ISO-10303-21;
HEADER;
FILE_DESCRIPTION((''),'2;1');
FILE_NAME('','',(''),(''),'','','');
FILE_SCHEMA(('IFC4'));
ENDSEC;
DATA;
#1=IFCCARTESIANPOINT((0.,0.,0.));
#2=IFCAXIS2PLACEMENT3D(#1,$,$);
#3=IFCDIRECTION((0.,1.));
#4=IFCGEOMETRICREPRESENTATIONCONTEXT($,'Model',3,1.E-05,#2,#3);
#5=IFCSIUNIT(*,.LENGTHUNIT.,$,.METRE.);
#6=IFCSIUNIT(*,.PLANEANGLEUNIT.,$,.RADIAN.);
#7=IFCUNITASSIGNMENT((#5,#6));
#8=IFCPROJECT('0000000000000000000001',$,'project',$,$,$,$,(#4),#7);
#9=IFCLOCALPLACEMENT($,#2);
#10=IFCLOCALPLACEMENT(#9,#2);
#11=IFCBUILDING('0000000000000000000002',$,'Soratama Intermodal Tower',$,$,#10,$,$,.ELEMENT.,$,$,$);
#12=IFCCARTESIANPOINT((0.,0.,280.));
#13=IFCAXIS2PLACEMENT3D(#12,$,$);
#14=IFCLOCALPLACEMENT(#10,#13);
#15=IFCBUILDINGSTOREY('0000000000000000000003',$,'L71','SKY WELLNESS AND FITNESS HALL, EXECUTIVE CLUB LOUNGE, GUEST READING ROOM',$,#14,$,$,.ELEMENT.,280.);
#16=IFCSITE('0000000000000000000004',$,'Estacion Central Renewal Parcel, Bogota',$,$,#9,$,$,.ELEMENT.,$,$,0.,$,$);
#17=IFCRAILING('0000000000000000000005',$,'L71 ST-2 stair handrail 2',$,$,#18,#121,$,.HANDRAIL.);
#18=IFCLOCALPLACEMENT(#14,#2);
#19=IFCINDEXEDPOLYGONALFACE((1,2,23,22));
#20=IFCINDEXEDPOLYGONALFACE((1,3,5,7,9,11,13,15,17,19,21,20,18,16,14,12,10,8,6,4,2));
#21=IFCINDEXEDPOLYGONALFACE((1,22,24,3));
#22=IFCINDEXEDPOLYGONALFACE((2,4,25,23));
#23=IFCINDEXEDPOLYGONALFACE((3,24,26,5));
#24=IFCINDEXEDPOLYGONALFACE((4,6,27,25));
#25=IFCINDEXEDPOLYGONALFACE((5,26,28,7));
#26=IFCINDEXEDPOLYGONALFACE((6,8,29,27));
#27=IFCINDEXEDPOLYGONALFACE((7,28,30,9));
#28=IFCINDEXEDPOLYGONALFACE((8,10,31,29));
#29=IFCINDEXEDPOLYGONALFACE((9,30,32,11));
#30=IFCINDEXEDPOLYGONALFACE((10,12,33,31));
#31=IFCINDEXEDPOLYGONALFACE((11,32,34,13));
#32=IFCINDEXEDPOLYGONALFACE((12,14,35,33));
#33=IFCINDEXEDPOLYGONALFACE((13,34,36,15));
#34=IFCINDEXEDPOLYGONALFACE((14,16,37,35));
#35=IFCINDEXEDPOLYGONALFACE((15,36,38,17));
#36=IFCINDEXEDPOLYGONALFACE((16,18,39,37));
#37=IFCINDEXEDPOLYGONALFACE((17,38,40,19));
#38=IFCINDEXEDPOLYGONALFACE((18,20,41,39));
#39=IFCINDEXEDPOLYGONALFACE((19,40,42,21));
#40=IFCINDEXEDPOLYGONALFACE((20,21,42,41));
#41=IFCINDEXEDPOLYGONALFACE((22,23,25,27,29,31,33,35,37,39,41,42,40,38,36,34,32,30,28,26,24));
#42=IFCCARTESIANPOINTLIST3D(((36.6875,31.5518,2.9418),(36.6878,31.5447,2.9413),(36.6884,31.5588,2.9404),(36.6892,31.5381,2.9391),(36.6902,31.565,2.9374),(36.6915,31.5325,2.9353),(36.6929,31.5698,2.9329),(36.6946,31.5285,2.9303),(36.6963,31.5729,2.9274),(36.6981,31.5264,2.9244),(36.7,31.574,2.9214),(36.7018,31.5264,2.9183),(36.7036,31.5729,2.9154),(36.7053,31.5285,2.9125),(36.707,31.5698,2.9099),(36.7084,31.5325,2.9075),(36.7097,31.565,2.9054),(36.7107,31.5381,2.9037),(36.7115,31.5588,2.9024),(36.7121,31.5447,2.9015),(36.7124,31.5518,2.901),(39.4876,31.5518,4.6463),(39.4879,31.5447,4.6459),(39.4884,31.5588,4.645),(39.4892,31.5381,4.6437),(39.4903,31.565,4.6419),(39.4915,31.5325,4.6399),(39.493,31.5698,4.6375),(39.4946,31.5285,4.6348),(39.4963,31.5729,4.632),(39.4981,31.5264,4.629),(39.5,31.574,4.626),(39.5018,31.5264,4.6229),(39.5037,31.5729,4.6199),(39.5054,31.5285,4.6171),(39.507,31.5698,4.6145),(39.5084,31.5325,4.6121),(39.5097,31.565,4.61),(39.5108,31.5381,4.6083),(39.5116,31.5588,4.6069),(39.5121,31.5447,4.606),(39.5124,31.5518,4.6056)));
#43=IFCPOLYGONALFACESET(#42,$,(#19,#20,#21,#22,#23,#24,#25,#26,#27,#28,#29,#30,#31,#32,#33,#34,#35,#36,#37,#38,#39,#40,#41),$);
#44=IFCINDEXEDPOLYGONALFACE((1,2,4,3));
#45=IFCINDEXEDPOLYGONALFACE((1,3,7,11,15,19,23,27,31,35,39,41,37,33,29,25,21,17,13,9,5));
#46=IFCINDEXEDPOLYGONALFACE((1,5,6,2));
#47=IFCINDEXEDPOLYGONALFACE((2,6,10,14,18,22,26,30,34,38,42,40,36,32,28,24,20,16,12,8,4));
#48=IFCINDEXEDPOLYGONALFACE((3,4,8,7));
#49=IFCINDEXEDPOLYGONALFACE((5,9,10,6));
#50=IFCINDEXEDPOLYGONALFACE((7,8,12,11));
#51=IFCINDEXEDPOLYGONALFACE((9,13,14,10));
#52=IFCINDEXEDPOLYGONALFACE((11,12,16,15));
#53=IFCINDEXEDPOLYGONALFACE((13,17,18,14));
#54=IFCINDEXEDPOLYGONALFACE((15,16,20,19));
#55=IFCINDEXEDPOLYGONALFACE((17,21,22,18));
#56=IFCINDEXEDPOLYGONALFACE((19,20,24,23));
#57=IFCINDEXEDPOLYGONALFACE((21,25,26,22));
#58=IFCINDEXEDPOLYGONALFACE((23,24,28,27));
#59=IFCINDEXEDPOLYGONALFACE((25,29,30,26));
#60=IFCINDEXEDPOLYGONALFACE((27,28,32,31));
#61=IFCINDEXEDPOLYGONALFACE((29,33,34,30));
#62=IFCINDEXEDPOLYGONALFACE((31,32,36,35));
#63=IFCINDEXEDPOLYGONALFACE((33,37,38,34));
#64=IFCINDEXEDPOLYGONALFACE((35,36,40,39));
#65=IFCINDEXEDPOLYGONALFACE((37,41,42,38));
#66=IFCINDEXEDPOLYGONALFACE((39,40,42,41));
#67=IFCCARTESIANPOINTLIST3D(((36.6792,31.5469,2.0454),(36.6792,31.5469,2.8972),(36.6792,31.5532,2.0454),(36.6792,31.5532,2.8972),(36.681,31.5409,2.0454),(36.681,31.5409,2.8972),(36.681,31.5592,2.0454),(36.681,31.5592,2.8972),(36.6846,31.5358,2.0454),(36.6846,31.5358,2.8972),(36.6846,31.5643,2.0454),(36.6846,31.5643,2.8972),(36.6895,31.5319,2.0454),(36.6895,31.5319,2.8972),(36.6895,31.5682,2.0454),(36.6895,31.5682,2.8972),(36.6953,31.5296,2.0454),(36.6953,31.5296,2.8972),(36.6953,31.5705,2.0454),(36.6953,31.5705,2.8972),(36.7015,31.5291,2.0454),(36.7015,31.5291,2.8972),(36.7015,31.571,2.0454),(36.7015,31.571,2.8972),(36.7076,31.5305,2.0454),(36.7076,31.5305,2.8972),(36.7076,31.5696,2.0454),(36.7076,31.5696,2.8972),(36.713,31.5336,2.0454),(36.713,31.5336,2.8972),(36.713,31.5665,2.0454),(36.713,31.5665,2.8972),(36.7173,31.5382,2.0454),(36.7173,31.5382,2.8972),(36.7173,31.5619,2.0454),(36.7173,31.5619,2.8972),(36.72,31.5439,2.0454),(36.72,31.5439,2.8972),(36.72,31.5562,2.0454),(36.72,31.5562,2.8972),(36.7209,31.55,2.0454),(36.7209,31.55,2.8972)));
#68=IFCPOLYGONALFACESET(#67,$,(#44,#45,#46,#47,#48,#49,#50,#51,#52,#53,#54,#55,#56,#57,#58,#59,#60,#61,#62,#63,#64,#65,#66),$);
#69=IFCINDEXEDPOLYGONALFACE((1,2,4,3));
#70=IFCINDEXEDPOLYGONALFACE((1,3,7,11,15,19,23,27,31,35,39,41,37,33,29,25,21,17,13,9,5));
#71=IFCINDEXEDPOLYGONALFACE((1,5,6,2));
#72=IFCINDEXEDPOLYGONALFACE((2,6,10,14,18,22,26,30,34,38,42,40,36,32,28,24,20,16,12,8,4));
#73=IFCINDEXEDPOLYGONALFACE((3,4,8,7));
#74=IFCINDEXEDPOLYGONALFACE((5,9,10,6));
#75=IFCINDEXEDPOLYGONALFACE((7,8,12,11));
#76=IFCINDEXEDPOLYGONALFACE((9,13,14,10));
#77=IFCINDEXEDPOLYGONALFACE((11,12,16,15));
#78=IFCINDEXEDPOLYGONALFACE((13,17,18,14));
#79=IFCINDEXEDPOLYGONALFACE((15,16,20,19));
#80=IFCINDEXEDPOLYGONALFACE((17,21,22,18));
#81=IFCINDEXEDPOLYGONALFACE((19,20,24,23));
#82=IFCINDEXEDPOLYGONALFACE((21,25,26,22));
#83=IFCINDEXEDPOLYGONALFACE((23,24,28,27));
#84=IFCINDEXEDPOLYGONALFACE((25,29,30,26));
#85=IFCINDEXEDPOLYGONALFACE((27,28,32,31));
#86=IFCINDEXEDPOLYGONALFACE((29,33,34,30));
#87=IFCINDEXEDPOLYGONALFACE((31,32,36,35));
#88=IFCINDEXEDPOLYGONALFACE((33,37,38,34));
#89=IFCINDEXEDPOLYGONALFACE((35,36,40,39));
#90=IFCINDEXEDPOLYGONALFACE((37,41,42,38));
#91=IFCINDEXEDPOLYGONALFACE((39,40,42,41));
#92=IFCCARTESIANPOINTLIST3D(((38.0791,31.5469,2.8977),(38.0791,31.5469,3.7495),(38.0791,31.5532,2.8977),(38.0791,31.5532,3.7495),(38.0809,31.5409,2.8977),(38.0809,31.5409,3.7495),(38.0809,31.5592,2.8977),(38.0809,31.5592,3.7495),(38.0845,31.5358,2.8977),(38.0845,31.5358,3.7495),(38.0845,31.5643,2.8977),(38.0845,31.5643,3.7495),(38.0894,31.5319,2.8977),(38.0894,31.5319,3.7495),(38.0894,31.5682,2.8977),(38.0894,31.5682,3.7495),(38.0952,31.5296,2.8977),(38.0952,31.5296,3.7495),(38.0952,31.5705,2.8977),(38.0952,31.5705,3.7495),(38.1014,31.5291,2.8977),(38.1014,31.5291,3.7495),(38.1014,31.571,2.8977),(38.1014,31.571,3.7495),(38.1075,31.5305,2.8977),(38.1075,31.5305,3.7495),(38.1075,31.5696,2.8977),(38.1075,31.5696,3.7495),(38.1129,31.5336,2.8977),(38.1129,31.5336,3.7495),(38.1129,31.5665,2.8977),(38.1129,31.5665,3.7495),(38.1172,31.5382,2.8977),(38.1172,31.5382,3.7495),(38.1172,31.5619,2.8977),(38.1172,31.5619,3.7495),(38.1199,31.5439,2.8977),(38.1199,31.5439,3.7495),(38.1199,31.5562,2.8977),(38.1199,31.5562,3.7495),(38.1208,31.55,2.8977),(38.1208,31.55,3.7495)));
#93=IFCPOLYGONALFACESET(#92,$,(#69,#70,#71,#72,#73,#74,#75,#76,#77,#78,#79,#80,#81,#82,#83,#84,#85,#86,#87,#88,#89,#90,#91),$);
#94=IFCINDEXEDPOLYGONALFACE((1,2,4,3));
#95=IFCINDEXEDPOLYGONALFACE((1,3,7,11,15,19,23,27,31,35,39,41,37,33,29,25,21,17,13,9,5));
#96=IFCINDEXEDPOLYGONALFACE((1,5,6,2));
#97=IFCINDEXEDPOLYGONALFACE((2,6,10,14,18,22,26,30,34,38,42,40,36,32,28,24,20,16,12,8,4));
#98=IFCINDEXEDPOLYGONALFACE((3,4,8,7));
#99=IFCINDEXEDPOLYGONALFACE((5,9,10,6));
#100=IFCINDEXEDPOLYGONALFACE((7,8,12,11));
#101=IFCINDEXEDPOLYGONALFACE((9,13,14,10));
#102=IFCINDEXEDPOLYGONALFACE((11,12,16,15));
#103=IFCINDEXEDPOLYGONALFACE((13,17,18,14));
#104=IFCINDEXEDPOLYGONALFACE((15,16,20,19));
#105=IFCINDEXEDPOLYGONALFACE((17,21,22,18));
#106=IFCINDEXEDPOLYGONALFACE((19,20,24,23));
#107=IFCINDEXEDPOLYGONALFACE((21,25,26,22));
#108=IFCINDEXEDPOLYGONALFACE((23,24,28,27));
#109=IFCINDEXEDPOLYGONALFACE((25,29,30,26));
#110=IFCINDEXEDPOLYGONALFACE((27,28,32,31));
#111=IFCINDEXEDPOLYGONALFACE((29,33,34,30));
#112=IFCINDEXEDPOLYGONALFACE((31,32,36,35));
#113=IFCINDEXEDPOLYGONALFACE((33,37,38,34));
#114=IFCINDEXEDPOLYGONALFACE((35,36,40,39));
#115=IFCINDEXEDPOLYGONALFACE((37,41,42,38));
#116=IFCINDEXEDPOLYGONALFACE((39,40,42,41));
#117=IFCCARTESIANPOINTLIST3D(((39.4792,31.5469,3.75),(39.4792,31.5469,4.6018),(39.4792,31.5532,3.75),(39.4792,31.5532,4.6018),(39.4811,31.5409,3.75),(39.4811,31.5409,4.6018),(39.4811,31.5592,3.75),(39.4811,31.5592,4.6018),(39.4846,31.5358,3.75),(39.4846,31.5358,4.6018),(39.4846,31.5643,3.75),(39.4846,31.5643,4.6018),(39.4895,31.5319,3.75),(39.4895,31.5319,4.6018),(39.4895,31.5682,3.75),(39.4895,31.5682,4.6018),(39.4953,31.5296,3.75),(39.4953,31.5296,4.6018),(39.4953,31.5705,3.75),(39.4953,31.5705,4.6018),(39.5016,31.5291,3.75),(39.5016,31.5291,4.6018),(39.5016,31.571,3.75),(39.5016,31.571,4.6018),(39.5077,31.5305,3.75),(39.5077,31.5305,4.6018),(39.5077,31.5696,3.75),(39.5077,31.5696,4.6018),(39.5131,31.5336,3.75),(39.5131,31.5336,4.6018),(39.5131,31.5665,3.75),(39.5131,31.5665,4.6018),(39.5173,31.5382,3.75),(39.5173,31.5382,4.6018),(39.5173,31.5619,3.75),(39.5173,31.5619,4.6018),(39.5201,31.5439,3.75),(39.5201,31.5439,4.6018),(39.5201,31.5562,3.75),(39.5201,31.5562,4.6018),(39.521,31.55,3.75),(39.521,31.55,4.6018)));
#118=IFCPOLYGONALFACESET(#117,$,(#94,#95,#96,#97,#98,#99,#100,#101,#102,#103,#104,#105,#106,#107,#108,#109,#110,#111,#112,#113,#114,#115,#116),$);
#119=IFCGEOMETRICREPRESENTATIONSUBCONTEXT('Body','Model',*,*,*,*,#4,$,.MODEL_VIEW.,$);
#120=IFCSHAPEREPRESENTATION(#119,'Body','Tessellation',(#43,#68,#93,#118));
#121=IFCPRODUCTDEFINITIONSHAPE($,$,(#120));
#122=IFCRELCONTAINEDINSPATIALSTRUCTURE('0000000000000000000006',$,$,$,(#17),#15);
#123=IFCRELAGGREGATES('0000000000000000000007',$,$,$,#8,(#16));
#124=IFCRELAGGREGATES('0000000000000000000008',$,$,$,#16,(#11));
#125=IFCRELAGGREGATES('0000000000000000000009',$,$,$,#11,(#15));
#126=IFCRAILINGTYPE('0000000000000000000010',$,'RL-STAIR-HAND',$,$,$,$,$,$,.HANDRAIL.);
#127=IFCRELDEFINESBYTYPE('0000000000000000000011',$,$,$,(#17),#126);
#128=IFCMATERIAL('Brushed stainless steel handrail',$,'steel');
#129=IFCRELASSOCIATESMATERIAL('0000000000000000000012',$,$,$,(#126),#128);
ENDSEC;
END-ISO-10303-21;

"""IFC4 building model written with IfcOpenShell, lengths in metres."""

from ifc_helpers import new_model, si_unit, direction, frame, origin, origin_2d, place, context, subcontext, project, spatial, circle, extrude, material, type_object, element, save


model = new_model("IFC4")

# Units and contexts
model_context = context("Model", 3, precision=1e-05, world=origin(), true_north=direction((0.0, 1.0)))
body_context = subcontext(model_context, "Body", "Model", "MODEL_VIEW")
ifc_project = project(units=[si_unit("LENGTHUNIT", "METRE"), si_unit("PLANEANGLEUNIT", "RADIAN")], contexts=[model_context])

# Site, building, storey
site_placement = place(None, origin())
site = spatial("IfcSite", under=ifc_project, at=site_placement, Name="Estacion Central Renewal Parcel, Bogota", CompositionType="ELEMENT", RefElevation=0.0)
building_placement = place(site_placement, origin())
building = spatial("IfcBuilding", under=site, at=building_placement, Name="Soratama Intermodal Tower", CompositionType="ELEMENT")
storey_placement = place(building_placement, frame((0.0, 0.0, 280.0)))
storey = spatial("IfcBuildingStorey", under=building, at=storey_placement, Name="L71", Description="SKY WELLNESS AND FITNESS HALL, EXECUTIVE CLUB LOUNGE, GUEST READING ROOM", CompositionType="ELEMENT", Elevation=280.0)

# Railing
ifc_material_1 = material(Name="Brushed stainless steel handrail", Category="steel")
railing_type_1 = type_object("IfcRailingType", Name="RL-STAIR-HAND", PredefinedType="HANDRAIL", material=ifc_material_1)
railing_1_placement = place(storey_placement, frame((36.7, 31.55, 2.0454)))
element("IfcRailing", 1, at=railing_1_placement, inside=storey, type_object=railing_type_1, Name="L71 ST-2 stair handrail 2", PredefinedType="HANDRAIL", context=body_context, shape_type="SweptSolid", body=[
    extrude(circle(Radius=0.0239, at=origin_2d()), frame((0.0, 0.0, 0.876), z_axis=(0.85417, 0.0, 0.519994), x_axis=(0.0, 1.0, 0.0)), (0.0, 0.0, 1.0), 3.2781),
    extrude(circle(Radius=0.021, at=origin_2d()), origin(), (0.0, 0.0, 1.0), 0.8518),
    extrude(circle(Radius=0.021, at=origin_2d()), frame((1.3999, 0.0, 0.8523)), (0.0, 0.0, 1.0), 0.8518),
    extrude(circle(Radius=0.021, at=origin_2d()), frame((2.8, 0.0, 1.7046)), (0.0, 0.0, 1.0), 0.8518),
])

save(model, "model.ifc")
